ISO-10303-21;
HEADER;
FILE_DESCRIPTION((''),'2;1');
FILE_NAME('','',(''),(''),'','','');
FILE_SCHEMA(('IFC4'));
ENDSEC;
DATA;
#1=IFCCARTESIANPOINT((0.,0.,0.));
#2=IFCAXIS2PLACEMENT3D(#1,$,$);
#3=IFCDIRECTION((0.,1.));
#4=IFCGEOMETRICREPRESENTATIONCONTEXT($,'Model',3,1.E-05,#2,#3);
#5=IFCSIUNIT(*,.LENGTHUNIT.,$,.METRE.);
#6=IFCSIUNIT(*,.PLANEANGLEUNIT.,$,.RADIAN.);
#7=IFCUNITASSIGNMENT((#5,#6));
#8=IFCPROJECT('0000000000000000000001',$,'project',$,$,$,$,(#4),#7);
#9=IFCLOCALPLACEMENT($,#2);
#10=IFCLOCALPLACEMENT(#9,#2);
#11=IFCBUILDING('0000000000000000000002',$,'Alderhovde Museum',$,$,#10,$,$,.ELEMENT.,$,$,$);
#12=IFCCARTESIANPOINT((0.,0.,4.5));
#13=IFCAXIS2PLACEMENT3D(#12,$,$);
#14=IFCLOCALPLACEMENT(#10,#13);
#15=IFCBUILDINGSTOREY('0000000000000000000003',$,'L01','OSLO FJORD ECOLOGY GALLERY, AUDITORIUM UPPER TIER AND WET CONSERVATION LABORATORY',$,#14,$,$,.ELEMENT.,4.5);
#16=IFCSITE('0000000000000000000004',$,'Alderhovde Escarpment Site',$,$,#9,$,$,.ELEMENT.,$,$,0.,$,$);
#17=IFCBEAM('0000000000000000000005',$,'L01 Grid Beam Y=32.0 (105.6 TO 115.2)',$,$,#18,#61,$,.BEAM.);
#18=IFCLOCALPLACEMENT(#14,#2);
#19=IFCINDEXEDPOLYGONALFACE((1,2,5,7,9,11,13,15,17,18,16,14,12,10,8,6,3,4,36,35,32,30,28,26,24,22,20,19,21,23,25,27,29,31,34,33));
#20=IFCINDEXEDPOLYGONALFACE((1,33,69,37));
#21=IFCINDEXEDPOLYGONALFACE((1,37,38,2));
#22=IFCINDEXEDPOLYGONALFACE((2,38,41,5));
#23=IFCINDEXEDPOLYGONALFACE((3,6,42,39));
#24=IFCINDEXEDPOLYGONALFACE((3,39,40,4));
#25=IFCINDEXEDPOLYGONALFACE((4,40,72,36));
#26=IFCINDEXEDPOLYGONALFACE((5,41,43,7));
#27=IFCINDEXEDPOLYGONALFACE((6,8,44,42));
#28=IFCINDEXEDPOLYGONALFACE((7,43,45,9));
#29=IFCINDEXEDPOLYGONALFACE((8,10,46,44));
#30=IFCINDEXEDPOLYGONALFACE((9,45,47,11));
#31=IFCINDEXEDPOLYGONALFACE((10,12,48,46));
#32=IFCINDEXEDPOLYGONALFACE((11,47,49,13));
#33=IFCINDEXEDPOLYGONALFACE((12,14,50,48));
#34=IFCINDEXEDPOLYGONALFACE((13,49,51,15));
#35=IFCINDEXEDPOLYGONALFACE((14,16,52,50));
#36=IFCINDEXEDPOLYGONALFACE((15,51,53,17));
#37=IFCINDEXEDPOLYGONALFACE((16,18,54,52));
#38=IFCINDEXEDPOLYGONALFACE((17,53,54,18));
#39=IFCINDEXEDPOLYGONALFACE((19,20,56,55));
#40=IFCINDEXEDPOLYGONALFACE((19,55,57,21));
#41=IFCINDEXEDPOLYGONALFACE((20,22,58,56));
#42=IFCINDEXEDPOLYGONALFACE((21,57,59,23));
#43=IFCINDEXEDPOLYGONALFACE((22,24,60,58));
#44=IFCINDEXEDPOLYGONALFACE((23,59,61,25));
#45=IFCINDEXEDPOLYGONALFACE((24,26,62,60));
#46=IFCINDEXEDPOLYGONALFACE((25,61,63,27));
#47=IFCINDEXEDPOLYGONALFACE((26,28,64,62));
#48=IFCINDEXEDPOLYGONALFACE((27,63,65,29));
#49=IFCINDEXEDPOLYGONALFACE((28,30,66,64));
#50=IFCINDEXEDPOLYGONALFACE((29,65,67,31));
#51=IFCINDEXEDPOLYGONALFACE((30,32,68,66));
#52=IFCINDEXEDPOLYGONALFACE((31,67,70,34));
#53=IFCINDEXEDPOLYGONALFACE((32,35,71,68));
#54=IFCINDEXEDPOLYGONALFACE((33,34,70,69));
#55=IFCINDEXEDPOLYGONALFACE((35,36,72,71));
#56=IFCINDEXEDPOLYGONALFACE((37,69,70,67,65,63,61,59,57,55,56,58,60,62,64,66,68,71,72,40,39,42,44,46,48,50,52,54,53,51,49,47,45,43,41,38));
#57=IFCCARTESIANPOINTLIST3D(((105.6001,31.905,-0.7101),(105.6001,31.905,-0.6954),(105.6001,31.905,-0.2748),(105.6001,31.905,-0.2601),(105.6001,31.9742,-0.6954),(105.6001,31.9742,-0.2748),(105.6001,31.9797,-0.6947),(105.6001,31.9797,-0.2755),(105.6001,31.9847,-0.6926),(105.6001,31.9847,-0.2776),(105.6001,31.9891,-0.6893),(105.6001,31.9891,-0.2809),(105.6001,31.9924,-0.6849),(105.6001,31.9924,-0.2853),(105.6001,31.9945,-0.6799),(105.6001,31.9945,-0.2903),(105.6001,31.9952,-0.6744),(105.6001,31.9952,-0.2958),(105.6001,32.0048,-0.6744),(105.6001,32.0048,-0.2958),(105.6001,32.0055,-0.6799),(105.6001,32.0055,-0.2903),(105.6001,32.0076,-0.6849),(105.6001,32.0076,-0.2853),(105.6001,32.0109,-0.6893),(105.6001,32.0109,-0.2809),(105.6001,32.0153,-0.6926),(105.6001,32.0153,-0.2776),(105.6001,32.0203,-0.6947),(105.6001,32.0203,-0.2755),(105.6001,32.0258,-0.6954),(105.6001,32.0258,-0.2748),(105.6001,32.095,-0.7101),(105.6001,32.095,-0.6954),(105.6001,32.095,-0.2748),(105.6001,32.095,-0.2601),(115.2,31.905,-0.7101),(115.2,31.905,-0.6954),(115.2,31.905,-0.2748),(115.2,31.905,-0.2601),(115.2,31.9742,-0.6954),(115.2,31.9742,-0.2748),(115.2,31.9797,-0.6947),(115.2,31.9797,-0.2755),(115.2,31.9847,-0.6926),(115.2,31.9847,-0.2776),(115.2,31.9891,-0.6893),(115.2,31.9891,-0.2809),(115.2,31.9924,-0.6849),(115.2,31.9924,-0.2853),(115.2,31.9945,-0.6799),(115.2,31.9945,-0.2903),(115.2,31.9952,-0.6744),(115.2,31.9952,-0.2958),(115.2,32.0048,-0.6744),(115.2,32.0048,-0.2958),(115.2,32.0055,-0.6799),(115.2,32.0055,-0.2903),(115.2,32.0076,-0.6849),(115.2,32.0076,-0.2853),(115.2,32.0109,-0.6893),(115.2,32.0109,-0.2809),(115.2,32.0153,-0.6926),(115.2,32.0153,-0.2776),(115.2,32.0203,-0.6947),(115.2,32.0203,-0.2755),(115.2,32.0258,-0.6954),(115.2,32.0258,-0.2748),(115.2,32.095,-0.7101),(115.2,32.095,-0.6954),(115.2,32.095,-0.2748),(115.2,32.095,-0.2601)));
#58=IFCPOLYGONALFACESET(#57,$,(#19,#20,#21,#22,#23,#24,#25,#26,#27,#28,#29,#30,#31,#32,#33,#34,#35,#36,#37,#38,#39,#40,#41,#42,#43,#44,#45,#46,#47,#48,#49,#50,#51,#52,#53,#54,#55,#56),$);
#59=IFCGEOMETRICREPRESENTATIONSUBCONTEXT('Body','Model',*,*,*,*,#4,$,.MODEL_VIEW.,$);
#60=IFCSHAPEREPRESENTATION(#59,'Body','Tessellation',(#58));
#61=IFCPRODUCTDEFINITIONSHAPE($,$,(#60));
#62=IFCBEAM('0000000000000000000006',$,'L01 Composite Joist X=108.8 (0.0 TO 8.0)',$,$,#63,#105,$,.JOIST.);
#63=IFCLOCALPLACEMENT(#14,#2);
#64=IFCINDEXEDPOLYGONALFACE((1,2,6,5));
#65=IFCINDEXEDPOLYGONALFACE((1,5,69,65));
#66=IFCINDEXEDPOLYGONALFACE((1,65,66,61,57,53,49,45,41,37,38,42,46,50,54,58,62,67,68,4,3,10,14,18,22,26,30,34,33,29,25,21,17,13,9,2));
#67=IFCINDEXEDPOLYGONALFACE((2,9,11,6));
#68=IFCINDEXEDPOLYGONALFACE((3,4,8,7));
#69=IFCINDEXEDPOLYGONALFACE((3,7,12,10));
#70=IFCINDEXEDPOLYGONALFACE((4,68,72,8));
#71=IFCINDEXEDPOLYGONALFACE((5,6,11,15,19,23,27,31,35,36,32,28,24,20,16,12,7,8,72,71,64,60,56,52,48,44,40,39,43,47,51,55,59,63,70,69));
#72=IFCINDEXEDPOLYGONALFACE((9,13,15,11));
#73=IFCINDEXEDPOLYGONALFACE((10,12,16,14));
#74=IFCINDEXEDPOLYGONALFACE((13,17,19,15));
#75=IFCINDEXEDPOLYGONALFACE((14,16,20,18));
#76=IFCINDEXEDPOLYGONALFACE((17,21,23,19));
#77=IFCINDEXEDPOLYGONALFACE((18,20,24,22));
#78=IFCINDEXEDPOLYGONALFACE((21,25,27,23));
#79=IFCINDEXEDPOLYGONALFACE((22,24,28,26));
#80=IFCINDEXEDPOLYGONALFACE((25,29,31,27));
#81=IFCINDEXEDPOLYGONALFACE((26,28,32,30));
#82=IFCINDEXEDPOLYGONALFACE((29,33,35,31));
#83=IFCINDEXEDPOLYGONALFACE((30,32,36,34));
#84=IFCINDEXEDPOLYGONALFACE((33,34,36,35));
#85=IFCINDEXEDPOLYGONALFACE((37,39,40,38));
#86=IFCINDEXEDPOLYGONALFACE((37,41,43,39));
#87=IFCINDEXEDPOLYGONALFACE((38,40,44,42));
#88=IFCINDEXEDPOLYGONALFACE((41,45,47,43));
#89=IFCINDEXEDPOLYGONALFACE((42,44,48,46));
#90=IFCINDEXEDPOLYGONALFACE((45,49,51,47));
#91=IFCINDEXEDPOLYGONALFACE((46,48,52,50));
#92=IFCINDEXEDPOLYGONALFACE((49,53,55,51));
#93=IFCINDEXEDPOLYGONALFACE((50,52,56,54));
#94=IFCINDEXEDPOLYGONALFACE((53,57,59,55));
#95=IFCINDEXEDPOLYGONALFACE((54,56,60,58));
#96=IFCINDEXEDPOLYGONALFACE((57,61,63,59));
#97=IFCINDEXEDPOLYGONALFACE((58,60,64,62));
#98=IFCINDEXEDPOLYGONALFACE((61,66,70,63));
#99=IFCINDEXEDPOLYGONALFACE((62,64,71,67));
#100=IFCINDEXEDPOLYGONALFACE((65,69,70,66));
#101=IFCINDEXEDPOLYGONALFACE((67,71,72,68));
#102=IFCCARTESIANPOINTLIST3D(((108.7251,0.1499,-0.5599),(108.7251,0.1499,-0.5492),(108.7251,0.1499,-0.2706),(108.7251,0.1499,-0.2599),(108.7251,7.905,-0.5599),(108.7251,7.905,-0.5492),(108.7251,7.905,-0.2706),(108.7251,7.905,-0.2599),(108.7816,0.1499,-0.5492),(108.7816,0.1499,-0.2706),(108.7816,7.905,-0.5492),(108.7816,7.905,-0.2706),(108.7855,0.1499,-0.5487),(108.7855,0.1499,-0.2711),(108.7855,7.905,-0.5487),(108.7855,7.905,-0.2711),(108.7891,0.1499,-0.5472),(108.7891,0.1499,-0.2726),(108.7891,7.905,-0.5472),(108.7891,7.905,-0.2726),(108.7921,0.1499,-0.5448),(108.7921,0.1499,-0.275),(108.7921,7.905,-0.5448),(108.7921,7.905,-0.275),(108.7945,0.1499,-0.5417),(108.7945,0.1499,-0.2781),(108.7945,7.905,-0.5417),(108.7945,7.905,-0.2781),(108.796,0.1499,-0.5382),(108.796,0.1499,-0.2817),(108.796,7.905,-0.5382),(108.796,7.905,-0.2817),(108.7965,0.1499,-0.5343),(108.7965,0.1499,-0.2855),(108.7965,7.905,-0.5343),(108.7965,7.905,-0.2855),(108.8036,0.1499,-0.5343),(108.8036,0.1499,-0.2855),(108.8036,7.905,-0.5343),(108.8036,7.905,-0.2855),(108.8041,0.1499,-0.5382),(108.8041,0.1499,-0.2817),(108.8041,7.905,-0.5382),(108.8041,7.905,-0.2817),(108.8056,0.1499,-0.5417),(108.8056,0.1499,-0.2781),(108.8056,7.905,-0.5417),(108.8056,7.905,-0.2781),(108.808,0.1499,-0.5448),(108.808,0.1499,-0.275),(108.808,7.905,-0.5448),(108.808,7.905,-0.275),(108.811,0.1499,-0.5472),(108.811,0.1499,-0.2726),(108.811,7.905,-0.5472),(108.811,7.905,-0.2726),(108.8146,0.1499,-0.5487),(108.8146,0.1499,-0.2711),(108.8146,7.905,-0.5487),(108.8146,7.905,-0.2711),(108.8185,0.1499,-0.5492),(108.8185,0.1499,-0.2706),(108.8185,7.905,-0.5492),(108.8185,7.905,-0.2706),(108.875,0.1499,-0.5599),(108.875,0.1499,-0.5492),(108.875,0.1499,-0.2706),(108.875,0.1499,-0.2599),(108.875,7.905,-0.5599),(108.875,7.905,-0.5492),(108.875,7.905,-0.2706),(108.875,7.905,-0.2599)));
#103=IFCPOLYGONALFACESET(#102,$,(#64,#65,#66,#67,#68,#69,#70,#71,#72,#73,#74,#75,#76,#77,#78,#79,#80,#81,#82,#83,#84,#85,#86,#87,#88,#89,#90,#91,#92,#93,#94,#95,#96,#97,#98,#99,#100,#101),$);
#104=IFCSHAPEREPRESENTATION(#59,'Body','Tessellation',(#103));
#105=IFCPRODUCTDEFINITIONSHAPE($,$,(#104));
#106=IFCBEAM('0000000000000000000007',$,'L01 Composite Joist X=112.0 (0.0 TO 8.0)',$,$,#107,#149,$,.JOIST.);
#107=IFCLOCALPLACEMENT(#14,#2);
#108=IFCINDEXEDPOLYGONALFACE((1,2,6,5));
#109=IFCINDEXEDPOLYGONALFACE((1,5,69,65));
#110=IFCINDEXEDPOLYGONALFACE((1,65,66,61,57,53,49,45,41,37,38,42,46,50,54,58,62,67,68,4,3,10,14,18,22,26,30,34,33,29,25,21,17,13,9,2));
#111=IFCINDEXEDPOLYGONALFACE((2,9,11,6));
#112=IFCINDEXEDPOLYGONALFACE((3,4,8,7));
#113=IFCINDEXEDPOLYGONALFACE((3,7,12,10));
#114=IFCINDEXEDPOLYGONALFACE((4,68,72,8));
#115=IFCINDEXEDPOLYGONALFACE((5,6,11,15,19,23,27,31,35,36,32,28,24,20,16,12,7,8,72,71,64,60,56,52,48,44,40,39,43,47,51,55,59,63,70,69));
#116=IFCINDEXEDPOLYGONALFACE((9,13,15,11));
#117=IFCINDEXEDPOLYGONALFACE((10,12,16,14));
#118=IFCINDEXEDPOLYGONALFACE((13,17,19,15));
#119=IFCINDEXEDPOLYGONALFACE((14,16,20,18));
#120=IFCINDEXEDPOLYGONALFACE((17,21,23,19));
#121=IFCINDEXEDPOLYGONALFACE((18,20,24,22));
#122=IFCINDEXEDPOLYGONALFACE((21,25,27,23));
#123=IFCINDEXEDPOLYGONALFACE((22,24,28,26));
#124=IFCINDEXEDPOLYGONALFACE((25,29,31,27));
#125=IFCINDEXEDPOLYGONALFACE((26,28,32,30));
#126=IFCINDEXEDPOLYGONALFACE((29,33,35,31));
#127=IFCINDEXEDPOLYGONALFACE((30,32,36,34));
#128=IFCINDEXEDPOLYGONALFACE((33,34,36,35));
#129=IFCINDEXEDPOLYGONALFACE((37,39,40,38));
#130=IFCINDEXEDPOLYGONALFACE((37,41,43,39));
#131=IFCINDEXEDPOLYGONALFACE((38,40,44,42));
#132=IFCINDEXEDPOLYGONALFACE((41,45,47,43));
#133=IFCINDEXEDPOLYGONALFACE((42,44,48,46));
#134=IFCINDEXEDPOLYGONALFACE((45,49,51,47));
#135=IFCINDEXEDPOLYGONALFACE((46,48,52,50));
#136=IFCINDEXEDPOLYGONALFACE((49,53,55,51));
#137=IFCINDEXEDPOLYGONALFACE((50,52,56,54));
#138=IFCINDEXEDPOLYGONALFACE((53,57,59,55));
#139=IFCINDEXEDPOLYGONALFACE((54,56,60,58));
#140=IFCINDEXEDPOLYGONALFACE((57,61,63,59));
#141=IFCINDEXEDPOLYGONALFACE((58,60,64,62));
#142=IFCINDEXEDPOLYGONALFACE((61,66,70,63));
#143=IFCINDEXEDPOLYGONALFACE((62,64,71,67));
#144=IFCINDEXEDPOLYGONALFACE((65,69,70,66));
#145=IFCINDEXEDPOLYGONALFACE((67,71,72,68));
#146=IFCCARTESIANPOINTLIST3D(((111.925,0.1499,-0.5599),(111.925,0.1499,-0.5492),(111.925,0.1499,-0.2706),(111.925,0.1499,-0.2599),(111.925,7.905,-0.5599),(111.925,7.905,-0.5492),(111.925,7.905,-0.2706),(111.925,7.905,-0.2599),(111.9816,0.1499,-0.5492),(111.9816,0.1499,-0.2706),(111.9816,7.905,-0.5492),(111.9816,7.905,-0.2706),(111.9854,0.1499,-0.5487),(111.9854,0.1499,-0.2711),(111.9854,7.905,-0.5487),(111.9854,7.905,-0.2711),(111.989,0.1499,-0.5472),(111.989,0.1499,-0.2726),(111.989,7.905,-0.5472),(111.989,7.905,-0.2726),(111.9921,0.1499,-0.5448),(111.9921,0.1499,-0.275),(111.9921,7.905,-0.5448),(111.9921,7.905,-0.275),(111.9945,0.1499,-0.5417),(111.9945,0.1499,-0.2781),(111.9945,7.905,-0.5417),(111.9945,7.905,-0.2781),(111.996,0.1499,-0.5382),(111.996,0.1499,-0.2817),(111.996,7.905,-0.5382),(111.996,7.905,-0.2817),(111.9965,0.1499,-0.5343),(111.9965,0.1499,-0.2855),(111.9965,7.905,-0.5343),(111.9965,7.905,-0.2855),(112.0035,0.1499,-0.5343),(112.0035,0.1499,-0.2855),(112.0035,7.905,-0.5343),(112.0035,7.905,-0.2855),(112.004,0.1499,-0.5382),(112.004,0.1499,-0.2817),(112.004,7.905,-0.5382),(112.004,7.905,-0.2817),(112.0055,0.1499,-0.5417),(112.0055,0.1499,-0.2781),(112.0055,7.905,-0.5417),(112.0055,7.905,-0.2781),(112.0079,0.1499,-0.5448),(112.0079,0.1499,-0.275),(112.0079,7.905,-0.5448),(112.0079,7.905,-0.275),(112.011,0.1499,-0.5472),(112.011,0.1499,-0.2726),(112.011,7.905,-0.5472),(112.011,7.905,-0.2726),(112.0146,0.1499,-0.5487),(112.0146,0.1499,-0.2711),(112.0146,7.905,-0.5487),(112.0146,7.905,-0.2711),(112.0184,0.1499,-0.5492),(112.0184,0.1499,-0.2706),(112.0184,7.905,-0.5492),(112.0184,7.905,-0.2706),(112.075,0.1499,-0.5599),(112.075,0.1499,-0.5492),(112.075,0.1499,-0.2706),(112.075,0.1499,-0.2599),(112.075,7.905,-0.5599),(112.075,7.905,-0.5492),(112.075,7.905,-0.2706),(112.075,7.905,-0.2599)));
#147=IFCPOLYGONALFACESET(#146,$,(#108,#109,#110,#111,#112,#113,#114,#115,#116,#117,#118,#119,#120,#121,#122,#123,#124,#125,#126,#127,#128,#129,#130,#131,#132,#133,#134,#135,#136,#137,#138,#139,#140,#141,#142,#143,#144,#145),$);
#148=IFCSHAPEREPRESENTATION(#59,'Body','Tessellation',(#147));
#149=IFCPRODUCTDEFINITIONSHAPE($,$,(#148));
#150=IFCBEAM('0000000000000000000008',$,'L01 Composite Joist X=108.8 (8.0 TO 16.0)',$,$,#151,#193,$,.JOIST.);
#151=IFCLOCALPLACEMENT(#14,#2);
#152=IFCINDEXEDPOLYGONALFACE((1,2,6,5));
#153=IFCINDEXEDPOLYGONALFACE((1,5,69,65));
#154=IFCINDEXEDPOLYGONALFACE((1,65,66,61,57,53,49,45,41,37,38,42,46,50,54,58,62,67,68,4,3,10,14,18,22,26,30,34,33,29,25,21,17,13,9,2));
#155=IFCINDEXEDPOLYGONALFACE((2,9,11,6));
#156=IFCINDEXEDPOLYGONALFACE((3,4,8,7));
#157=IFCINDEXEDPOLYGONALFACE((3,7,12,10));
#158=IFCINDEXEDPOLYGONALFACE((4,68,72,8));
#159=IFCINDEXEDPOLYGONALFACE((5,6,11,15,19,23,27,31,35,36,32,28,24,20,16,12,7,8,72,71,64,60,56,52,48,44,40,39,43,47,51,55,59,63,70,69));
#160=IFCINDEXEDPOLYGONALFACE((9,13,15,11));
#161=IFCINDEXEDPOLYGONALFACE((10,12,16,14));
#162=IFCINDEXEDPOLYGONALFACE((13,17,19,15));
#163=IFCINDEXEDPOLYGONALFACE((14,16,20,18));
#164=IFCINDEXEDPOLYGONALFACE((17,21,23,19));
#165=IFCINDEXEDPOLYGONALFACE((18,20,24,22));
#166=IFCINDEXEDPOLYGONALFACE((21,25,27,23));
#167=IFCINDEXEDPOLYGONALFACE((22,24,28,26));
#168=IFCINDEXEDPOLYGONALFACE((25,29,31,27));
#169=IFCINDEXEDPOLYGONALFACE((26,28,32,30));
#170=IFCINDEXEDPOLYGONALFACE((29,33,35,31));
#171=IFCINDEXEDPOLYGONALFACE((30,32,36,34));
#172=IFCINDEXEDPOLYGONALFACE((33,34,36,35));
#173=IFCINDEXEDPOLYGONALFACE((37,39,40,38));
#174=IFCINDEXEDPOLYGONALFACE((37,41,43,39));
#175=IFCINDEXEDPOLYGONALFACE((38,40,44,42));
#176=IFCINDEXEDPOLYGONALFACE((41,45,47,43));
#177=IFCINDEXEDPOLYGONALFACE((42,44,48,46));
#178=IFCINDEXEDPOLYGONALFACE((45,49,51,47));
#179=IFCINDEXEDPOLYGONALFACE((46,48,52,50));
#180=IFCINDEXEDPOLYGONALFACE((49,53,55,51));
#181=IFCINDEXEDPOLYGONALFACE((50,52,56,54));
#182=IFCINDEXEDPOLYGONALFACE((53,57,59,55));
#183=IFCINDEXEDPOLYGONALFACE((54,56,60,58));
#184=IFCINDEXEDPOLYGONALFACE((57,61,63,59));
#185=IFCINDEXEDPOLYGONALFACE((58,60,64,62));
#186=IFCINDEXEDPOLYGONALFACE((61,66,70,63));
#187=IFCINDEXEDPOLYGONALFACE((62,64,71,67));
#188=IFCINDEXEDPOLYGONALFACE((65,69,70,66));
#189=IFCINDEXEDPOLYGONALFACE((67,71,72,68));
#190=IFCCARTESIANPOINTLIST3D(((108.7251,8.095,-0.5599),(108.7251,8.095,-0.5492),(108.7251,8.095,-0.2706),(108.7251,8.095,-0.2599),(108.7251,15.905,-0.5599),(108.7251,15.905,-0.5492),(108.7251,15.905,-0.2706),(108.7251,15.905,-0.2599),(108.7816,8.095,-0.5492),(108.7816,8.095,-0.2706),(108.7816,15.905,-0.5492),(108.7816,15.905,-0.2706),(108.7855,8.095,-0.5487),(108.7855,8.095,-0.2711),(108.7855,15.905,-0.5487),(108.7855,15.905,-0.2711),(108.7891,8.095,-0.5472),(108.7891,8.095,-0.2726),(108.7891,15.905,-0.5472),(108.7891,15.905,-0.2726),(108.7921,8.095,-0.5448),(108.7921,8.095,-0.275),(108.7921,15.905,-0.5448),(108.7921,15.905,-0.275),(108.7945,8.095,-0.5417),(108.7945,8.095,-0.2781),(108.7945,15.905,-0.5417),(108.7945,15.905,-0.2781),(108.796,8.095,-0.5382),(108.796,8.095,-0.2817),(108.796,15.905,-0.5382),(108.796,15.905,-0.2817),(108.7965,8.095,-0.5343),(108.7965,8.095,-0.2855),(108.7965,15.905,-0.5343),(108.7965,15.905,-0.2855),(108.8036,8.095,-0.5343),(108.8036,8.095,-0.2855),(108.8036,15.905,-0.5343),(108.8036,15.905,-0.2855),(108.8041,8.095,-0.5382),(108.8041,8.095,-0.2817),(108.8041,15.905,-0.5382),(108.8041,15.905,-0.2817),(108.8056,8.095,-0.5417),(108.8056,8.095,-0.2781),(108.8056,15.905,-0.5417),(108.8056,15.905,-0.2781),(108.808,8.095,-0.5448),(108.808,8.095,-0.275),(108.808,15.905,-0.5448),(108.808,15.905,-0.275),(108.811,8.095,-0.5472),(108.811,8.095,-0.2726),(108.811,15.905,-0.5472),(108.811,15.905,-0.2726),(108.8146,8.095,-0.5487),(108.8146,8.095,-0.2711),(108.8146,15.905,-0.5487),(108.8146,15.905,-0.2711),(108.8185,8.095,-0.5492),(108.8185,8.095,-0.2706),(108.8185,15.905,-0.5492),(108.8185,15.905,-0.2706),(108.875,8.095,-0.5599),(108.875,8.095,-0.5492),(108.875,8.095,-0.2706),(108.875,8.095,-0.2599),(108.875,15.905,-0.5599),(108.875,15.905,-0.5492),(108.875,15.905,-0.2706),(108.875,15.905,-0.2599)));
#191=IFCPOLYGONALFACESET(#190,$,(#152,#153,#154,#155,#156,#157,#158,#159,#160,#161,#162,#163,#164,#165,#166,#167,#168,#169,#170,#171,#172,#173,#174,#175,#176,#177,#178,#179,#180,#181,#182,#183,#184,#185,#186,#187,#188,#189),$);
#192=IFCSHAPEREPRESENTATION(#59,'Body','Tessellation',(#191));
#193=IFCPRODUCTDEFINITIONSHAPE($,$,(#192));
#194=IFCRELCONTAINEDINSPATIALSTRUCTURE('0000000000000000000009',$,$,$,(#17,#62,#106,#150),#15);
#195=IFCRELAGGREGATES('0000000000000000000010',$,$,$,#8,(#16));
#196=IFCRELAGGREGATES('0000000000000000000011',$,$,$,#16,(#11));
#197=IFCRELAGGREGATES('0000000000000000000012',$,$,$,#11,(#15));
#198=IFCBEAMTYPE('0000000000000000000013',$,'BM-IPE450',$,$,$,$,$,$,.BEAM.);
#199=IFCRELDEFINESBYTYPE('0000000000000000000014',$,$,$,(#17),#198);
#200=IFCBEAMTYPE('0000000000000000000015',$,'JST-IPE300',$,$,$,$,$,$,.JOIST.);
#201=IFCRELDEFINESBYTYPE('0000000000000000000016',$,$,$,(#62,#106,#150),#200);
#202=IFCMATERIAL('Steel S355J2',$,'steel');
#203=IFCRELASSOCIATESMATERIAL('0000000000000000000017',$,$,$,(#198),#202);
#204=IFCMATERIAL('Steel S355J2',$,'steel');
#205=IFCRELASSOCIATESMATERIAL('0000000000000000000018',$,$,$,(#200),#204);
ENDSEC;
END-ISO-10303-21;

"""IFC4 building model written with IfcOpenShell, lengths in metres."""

from ifc_helpers import new_model, si_unit, direction, frame, origin, origin_2d, place, context, subcontext, project, spatial, i_section, extrude, material, material_profile, profile_set, type_object, element, save


model = new_model("IFC4")

# Units and contexts
model_context = context("Model", 3, precision=1e-05, world=origin(), true_north=direction((0.0, 1.0)))
body_context = subcontext(model_context, "Body", "Model", "MODEL_VIEW")
ifc_project = project(units=[si_unit("LENGTHUNIT", "METRE"), si_unit("PLANEANGLEUNIT", "RADIAN")], contexts=[model_context])

# Site, building, storey
site_placement = place(None, origin())
site = spatial("IfcSite", under=ifc_project, at=site_placement, Name="Alderhovde Escarpment Site", CompositionType="ELEMENT", RefElevation=0.0)
building_placement = place(site_placement, origin())
building = spatial("IfcBuilding", under=site, at=building_placement, Name="Alderhovde Museum", CompositionType="ELEMENT")
storey_placement = place(building_placement, frame((0.0, 0.0, 4.5)))
storey = spatial("IfcBuildingStorey", under=building, at=storey_placement, Name="L01", Description="OSLO FJORD ECOLOGY GALLERY, AUDITORIUM UPPER TIER AND WET CONSERVATION LABORATORY", CompositionType="ELEMENT", Elevation=4.5)

# Beams
ifc_material_1 = material(Name="Steel S355J2", Category="steel")
ifc_material_profile_1 = material_profile(ifc_material_1, i_section(OverallWidth=0.1899, OverallDepth=0.45, WebThickness=0.0095, FlangeThickness=0.0146, FilletRadius=0.021, at=origin_2d()), Name="IPE 450")
ifc_profile_set_1 = profile_set([ifc_material_profile_1], Name="Steel S355J2")
beam_type_1 = type_object("IfcBeamType", Name="BM-IPE450", PredefinedType="BEAM", material=ifc_profile_set_1)
beam_placement = place(storey_placement, frame((105.6001, 32.0, -0.4851), z_axis=(1.0, 0.0, 0.0), x_axis=(0.0, 1.0, 0.0)))
element("IfcBeam", 1, at=beam_placement, inside=storey, type_object=beam_type_1, Name="L01 Grid Beam Y=32.0 (105.6 TO 115.2)", PredefinedType="BEAM", context=body_context, shape_type="SweptSolid", body=[
    extrude(i_section(OverallWidth=0.1899, OverallDepth=0.45, WebThickness=0.0095, FlangeThickness=0.0146, FilletRadius=0.021, at=origin_2d()), origin(), (0.0, 0.0, 1.0), 9.5999),
])
ifc_material_2 = material(Name="Steel S355J2", Category="steel")
ifc_material_profile_2 = material_profile(ifc_material_2, i_section(OverallWidth=0.1499, OverallDepth=0.3, WebThickness=0.0071, FlangeThickness=0.0107, FilletRadius=0.0149, at=origin_2d()), Name="IPE 300")
ifc_profile_set_2 = profile_set([ifc_material_profile_2], Name="Steel S355J2")
beam_type_2 = type_object("IfcBeamType", Name="JST-IPE300", PredefinedType="JOIST", material=ifc_profile_set_2)
for number, where, z_axis, x_axis, name in (
    (2, (108.8, 0.1499, -0.4099), (0.0, 1.0, 0.0), (-1.0, 0.0, 0.0), "L01 Composite Joist X=108.8 (0.0 TO 8.0)"),
    (3, (112.0, 0.1499, -0.4099), (0.0, 1.0, 0.0), (-1.0, 0.0, 0.0), "L01 Composite Joist X=112.0 (0.0 TO 8.0)"),
):
    element("IfcBeam", number, at=place(storey_placement, frame(where, z_axis=z_axis, x_axis=x_axis)), inside=storey, type_object=beam_type_2, Name=name, PredefinedType="JOIST", context=body_context, shape_type="SweptSolid", body=[
        extrude(i_section(OverallWidth=0.1499, OverallDepth=0.3, WebThickness=0.0071, FlangeThickness=0.0107, FilletRadius=0.0149, at=origin_2d()), origin(), (0.0, 0.0, 1.0), 7.7551),
    ])
for number, where, z_axis, x_axis, name in (
    (4, (108.8, 8.095, -0.4099), (0.0, 1.0, 0.0), (-1.0, 0.0, 0.0), "L01 Composite Joist X=108.8 (8.0 TO 16.0)"),
):
    element("IfcBeam", number, at=place(storey_placement, frame(where, z_axis=z_axis, x_axis=x_axis)), inside=storey, type_object=beam_type_2, Name=name, PredefinedType="JOIST", context=body_context, shape_type="SweptSolid", body=[
        extrude(i_section(OverallWidth=0.1499, OverallDepth=0.3, WebThickness=0.0071, FlangeThickness=0.0107, FilletRadius=0.0149, at=origin_2d()), origin(), (0.0, 0.0, 1.0), 7.8101),
    ])

save(model, "model.ifc")
